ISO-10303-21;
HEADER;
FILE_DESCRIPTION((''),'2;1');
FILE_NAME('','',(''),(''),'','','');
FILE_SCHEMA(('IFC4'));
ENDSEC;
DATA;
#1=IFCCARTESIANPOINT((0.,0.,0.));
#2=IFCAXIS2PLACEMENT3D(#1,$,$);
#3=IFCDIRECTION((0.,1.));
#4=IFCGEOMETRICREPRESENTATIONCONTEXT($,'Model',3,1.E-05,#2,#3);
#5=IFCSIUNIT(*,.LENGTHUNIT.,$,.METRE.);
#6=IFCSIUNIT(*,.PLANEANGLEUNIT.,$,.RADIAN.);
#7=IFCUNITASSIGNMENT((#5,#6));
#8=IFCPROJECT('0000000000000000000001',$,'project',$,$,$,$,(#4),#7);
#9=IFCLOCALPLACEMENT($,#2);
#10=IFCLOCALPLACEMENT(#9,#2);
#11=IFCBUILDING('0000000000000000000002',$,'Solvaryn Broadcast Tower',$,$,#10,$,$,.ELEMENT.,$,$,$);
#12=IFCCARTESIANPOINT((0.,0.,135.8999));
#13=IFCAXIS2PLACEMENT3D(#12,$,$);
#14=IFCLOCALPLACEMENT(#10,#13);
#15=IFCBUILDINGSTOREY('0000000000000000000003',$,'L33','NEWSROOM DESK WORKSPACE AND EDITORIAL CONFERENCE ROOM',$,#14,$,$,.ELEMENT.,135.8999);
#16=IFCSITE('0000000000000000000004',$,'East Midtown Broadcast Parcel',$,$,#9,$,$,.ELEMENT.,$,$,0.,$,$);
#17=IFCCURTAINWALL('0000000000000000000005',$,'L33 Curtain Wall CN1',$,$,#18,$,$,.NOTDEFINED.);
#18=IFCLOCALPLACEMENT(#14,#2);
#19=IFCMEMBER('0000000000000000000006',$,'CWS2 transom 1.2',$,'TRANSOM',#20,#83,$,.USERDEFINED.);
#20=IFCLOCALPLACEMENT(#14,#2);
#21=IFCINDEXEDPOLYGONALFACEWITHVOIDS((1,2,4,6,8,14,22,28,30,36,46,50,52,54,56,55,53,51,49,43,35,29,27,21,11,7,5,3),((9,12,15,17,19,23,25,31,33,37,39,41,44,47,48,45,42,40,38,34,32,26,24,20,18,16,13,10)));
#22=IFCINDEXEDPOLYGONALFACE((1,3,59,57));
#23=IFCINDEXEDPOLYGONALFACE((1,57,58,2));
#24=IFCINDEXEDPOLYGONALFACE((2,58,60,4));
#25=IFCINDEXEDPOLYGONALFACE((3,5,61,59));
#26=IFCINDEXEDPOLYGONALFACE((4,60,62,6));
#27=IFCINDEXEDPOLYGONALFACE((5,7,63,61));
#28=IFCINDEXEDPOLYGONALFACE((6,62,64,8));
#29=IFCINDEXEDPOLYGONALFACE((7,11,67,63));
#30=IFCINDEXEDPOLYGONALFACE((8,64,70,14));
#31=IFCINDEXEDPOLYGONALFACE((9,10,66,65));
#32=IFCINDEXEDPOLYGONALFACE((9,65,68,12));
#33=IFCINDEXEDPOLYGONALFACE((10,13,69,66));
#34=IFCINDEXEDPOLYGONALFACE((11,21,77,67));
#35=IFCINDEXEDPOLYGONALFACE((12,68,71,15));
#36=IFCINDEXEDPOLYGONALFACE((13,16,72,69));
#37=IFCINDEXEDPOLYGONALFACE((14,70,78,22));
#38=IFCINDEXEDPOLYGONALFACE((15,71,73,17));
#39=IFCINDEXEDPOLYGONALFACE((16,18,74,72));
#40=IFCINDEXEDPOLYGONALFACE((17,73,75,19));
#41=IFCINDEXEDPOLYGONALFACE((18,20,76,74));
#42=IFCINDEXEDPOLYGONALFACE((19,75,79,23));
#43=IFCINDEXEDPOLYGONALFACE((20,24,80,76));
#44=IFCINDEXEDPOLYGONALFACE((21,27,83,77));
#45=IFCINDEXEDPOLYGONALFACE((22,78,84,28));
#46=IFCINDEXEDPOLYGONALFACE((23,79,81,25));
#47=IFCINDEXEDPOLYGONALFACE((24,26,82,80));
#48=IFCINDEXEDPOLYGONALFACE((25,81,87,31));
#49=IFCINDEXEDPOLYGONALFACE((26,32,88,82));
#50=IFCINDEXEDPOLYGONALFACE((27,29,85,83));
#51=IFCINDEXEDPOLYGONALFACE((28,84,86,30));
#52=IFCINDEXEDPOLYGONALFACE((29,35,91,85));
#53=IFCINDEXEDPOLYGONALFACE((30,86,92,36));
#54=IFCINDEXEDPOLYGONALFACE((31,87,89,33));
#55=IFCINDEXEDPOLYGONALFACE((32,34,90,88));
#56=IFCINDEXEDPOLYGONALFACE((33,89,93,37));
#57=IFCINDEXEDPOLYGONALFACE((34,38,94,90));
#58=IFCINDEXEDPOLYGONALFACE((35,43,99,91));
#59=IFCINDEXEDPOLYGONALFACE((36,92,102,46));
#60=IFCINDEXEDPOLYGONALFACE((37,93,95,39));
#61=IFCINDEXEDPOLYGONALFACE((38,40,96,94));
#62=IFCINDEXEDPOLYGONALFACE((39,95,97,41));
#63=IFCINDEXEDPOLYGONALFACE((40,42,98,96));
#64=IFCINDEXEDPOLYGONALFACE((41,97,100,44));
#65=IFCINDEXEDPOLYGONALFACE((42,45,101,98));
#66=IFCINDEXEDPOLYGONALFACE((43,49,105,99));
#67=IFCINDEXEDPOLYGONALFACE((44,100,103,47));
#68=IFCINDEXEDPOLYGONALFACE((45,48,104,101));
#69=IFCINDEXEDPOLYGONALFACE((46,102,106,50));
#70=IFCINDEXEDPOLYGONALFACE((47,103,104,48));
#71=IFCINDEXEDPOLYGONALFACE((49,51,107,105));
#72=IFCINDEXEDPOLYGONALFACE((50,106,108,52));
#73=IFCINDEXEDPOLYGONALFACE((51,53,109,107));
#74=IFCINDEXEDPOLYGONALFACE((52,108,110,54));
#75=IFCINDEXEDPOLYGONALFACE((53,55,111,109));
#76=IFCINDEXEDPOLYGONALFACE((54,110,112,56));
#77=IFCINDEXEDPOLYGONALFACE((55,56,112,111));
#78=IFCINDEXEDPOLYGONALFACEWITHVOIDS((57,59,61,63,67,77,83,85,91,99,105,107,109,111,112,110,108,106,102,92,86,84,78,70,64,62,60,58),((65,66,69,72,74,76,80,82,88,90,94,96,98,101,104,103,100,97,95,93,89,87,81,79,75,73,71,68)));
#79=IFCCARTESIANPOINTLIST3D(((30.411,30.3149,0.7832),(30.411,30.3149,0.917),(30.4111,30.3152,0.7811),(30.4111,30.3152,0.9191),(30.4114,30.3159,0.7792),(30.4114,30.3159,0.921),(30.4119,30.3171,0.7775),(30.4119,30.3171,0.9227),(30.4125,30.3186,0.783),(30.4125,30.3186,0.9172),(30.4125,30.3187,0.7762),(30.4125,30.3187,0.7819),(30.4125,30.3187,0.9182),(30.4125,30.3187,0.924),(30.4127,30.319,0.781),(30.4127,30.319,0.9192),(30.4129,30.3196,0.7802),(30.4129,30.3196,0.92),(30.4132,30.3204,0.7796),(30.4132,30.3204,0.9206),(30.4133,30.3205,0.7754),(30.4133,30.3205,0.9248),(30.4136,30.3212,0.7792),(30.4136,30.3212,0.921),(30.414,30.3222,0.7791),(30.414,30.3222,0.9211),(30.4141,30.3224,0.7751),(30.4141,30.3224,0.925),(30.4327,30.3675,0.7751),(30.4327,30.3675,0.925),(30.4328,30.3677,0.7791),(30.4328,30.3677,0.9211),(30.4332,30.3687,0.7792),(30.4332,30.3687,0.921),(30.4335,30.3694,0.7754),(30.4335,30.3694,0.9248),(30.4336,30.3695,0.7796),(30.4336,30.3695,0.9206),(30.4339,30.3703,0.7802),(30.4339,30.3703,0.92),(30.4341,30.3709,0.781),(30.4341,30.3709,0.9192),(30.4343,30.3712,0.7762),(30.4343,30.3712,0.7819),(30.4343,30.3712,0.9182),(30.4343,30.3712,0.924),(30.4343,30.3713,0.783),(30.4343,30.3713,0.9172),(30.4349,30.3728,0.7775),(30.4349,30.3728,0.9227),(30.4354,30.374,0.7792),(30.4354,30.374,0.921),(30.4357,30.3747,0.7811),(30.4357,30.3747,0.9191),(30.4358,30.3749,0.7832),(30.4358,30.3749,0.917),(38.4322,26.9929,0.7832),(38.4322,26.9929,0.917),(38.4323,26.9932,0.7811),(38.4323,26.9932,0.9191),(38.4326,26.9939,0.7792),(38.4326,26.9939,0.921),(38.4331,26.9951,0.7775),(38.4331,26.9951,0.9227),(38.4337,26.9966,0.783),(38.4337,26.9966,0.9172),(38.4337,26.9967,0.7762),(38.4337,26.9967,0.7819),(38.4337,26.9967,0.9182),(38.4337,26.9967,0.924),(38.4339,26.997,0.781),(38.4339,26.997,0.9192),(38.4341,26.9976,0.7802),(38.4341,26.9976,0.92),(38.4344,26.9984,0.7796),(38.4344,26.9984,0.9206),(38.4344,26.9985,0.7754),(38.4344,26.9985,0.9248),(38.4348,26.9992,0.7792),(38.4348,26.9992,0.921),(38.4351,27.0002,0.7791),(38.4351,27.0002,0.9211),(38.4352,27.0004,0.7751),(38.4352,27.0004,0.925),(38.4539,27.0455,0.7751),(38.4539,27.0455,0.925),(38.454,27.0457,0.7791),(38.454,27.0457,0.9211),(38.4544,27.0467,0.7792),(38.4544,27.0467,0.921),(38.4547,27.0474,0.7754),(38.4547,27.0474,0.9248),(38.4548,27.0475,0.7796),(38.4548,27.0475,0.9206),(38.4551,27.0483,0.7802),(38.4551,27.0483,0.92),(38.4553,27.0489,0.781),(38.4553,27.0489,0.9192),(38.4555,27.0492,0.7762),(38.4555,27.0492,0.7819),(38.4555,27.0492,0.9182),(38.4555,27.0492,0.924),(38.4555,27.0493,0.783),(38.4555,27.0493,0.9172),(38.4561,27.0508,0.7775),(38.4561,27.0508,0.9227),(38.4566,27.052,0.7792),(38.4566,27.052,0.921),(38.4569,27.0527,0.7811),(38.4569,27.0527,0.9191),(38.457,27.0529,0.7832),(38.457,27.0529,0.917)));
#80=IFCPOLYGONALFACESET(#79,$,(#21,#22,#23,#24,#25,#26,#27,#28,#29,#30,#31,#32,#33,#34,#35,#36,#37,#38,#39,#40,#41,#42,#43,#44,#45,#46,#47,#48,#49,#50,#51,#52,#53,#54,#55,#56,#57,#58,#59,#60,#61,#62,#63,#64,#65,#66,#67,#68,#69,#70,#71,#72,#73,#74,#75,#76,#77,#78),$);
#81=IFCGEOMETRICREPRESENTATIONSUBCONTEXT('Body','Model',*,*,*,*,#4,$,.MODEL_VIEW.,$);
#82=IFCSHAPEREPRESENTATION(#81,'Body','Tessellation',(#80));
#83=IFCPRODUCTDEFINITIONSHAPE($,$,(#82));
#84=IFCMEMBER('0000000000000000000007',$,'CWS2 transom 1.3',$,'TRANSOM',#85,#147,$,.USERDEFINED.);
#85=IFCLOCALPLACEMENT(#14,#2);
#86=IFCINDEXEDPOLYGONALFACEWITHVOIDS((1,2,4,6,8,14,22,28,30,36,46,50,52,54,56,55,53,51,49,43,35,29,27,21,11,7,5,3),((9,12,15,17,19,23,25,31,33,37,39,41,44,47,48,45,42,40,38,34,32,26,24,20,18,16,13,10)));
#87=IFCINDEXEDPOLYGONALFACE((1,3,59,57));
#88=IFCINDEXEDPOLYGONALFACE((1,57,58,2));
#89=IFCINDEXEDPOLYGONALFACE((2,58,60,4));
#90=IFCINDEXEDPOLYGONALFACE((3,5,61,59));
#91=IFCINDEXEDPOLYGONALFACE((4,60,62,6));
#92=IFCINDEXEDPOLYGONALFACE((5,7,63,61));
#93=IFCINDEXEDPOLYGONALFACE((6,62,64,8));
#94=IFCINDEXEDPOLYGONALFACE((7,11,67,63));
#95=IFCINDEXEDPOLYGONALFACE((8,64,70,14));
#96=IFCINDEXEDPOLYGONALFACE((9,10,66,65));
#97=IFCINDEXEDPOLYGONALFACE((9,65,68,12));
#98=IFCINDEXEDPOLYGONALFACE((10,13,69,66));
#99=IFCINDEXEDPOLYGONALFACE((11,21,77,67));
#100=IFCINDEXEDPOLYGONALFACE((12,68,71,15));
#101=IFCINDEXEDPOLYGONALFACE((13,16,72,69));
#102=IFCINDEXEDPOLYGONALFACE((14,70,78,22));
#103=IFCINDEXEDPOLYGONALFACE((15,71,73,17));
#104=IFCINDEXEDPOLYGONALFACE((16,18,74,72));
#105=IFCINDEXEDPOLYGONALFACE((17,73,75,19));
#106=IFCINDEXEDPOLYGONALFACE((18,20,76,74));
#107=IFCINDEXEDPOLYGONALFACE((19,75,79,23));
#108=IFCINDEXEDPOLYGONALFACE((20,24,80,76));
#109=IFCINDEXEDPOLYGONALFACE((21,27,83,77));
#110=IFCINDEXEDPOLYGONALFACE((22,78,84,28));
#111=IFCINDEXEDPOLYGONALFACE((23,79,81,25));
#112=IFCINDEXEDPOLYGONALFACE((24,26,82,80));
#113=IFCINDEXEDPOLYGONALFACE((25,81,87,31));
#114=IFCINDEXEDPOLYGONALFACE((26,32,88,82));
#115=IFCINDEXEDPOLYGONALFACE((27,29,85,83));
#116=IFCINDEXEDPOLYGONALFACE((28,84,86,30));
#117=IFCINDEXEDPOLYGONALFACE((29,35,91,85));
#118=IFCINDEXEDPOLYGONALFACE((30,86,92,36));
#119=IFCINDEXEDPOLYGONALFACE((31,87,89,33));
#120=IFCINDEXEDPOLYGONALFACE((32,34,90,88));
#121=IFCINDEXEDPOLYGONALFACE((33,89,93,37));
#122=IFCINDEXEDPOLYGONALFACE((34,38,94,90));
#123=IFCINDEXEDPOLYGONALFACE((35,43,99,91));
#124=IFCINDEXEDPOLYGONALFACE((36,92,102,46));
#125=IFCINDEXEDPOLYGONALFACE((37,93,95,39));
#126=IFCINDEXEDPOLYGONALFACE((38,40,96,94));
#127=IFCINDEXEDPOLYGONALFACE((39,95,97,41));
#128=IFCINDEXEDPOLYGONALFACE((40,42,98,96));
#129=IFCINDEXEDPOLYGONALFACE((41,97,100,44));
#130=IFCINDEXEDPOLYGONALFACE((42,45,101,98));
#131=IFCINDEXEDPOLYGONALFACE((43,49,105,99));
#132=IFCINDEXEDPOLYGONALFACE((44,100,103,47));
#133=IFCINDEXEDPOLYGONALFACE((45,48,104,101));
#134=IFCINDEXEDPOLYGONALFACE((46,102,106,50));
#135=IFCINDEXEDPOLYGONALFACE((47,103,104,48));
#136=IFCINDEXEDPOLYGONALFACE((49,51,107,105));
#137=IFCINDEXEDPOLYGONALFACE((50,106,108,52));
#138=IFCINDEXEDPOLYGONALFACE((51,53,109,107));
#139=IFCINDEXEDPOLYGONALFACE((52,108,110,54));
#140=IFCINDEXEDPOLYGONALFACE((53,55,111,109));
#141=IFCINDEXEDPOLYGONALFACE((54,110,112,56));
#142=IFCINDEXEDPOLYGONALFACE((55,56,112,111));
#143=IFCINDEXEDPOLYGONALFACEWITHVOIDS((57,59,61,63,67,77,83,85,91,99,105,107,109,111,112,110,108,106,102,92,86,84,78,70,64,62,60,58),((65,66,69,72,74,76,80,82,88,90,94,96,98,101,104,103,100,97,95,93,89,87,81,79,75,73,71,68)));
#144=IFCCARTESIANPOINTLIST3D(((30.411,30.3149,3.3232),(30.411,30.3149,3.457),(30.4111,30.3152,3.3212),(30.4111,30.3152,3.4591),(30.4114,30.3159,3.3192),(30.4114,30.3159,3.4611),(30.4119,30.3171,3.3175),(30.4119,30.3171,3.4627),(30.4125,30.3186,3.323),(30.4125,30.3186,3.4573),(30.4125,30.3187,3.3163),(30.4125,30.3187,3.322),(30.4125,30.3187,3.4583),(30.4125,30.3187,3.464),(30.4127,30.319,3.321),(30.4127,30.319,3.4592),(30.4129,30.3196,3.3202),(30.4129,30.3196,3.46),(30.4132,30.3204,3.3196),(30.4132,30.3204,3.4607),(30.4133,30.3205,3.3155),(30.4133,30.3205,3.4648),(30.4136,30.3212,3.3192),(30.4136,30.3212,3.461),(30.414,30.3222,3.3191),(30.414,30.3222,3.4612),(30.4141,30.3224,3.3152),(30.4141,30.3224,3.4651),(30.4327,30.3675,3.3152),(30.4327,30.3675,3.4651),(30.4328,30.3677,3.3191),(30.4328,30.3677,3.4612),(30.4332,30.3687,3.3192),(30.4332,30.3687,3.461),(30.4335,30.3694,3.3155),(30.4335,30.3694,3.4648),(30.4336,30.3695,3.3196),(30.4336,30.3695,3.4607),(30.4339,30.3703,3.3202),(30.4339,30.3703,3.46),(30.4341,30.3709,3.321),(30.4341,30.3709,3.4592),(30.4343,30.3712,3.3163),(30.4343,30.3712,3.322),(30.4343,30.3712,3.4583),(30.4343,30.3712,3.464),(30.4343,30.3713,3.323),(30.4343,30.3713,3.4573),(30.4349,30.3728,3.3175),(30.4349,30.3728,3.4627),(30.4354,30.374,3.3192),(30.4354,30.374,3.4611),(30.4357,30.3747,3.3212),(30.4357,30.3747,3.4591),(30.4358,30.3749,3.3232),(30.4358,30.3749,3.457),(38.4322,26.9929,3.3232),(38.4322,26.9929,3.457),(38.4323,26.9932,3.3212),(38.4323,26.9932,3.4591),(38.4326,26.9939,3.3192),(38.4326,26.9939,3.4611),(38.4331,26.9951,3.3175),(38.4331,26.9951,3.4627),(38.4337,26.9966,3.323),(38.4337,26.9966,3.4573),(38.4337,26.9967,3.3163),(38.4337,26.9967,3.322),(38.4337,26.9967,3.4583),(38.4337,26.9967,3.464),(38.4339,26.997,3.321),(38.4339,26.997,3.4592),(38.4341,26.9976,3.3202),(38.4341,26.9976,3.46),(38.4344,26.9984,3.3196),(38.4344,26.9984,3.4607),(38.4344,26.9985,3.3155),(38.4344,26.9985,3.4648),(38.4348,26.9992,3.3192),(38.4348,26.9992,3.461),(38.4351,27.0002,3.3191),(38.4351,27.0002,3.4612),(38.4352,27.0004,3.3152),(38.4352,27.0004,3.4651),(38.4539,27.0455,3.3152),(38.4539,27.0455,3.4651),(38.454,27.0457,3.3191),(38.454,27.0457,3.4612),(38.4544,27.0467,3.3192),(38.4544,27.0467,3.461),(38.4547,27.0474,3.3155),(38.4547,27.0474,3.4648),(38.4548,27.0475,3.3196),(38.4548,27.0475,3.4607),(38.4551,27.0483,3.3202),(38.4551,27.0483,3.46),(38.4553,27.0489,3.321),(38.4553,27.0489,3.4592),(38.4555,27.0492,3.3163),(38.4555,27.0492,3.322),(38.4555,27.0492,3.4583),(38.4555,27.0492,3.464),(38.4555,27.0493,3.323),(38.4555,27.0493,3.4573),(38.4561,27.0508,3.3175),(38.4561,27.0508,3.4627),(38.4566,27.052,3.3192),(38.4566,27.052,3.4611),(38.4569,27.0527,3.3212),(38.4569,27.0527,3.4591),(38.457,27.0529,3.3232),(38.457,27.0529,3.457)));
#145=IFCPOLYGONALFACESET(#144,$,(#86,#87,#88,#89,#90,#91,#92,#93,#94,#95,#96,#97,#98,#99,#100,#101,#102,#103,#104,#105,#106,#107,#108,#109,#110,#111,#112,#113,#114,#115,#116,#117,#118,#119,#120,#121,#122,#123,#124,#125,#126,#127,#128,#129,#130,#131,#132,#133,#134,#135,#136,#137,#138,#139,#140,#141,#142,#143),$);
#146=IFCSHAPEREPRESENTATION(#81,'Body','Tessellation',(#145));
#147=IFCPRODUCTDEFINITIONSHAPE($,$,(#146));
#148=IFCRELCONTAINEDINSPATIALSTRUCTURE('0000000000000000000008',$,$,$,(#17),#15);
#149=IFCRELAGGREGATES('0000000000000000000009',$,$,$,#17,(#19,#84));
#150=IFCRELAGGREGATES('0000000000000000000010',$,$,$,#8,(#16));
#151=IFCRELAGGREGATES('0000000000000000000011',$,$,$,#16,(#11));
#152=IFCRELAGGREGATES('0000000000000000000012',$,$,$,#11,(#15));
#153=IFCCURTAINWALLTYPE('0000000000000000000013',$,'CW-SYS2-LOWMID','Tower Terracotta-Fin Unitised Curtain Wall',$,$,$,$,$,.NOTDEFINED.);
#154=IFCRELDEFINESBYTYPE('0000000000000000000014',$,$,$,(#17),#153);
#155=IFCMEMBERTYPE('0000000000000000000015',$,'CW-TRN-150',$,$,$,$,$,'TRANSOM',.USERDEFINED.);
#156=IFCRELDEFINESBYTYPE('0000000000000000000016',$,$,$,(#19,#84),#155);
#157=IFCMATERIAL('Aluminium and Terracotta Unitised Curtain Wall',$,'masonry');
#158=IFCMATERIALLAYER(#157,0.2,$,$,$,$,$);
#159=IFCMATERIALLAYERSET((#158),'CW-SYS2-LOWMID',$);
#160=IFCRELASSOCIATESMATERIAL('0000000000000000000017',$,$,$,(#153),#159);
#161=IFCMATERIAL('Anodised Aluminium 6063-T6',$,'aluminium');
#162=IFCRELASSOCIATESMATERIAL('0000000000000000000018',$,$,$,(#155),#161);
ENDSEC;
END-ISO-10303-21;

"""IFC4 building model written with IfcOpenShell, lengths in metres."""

from ifc_helpers import new_model, si_unit, direction, frame, origin, origin_2d, place, context, subcontext, project, spatial, hollow_rectangle, extrude, material, layer, layer_set, material_profile, profile_set, type_object, element, aggregate, save


model = new_model("IFC4")

# Units and contexts
model_context = context("Model", 3, precision=1e-05, world=origin(), true_north=direction((0.0, 1.0)))
body_context = subcontext(model_context, "Body", "Model", "MODEL_VIEW")
ifc_project = project(units=[si_unit("LENGTHUNIT", "METRE"), si_unit("PLANEANGLEUNIT", "RADIAN")], contexts=[model_context])

# Site, building, storey
site_placement = place(None, origin())
site = spatial("IfcSite", under=ifc_project, at=site_placement, Name="East Midtown Broadcast Parcel", CompositionType="ELEMENT", RefElevation=0.0)
building_placement = place(site_placement, origin())
building = spatial("IfcBuilding", under=site, at=building_placement, Name="Solvaryn Broadcast Tower", CompositionType="ELEMENT")
storey_placement = place(building_placement, frame((0.0, 0.0, 135.8999)))
storey = spatial("IfcBuildingStorey", under=building, at=storey_placement, Name="L33", Description="NEWSROOM DESK WORKSPACE AND EDITORIAL CONFERENCE ROOM", CompositionType="ELEMENT", Elevation=135.8999)

# Curtain wall
ifc_material_1 = material(Name="Aluminium and Terracotta Unitised Curtain Wall", Category="masonry")
ifc_layer_1 = layer(ifc_material_1, 0.2)
ifc_layer_set_1 = layer_set([ifc_layer_1], Name="CW-SYS2-LOWMID")
curtain_wall_type = type_object("IfcCurtainWallType", Name="CW-SYS2-LOWMID", Description="Tower Terracotta-Fin Unitised Curtain Wall", PredefinedType="NOTDEFINED", material=ifc_layer_set_1)
curtain_wall_1_placement = place(storey_placement, origin())
curtain_wall_1 = element("IfcCurtainWall", 1, at=curtain_wall_1_placement, inside=storey, type_object=curtain_wall_type, Name="L33 Curtain Wall CN1", PredefinedType="NOTDEFINED")

# Members
ifc_material_2 = material(Name="Anodised Aluminium 6063-T6", Category="aluminium")
ifc_material_profile_1 = material_profile(ifc_material_2, hollow_rectangle(XDim=0.0649, YDim=0.1499, WallThickness=0.0039, InnerFilletRadius=0.0039, OuterFilletRadius=0.0081, at=origin_2d()))
ifc_profile_set_1 = profile_set([ifc_material_profile_1], Name="Anodised Aluminium 6063-T6")
member_type_1 = type_object("IfcMemberType", Name="CW-TRN-150", ElementType="TRANSOM", PredefinedType="USERDEFINED", material=ifc_profile_set_1)
member_1_placement = place(storey_placement, frame((38.4446, 27.0229, 0.8501), z_axis=(-0.923899, 0.382636, 0.0), x_axis=(-0.382636, -0.923899, 0.0)))
member_1 = element("IfcMember", 2, at=member_1_placement, type_object=member_type_1, Name="CWS2 transom 1.2", ObjectType="TRANSOM", PredefinedType="USERDEFINED", context=body_context, shape_type="SweptSolid", body=[
    extrude(hollow_rectangle(XDim=0.0649, YDim=0.1499, WallThickness=0.0039, InnerFilletRadius=0.0039, OuterFilletRadius=0.0081, at=origin_2d()), origin(), (0.0, 0.0, 1.0), 8.6819),
])
member_2_placement = place(storey_placement, frame((38.4446, 27.0229, 3.3901), z_axis=(-0.923899, 0.382636, 0.0), x_axis=(-0.382636, -0.923899, 0.0)))
member_2 = element("IfcMember", 3, at=member_2_placement, type_object=member_type_1, Name="CWS2 transom 1.3", ObjectType="TRANSOM", PredefinedType="USERDEFINED", context=body_context, shape_type="SweptSolid", body=[
    extrude(hollow_rectangle(XDim=0.0649, YDim=0.1499, WallThickness=0.0039, InnerFilletRadius=0.0039, OuterFilletRadius=0.0081, at=origin_2d()), origin(), (0.0, 0.0, 1.0), 8.6819),
])
aggregate(curtain_wall_1, [member_1, member_2])

save(model, "model.ifc")
